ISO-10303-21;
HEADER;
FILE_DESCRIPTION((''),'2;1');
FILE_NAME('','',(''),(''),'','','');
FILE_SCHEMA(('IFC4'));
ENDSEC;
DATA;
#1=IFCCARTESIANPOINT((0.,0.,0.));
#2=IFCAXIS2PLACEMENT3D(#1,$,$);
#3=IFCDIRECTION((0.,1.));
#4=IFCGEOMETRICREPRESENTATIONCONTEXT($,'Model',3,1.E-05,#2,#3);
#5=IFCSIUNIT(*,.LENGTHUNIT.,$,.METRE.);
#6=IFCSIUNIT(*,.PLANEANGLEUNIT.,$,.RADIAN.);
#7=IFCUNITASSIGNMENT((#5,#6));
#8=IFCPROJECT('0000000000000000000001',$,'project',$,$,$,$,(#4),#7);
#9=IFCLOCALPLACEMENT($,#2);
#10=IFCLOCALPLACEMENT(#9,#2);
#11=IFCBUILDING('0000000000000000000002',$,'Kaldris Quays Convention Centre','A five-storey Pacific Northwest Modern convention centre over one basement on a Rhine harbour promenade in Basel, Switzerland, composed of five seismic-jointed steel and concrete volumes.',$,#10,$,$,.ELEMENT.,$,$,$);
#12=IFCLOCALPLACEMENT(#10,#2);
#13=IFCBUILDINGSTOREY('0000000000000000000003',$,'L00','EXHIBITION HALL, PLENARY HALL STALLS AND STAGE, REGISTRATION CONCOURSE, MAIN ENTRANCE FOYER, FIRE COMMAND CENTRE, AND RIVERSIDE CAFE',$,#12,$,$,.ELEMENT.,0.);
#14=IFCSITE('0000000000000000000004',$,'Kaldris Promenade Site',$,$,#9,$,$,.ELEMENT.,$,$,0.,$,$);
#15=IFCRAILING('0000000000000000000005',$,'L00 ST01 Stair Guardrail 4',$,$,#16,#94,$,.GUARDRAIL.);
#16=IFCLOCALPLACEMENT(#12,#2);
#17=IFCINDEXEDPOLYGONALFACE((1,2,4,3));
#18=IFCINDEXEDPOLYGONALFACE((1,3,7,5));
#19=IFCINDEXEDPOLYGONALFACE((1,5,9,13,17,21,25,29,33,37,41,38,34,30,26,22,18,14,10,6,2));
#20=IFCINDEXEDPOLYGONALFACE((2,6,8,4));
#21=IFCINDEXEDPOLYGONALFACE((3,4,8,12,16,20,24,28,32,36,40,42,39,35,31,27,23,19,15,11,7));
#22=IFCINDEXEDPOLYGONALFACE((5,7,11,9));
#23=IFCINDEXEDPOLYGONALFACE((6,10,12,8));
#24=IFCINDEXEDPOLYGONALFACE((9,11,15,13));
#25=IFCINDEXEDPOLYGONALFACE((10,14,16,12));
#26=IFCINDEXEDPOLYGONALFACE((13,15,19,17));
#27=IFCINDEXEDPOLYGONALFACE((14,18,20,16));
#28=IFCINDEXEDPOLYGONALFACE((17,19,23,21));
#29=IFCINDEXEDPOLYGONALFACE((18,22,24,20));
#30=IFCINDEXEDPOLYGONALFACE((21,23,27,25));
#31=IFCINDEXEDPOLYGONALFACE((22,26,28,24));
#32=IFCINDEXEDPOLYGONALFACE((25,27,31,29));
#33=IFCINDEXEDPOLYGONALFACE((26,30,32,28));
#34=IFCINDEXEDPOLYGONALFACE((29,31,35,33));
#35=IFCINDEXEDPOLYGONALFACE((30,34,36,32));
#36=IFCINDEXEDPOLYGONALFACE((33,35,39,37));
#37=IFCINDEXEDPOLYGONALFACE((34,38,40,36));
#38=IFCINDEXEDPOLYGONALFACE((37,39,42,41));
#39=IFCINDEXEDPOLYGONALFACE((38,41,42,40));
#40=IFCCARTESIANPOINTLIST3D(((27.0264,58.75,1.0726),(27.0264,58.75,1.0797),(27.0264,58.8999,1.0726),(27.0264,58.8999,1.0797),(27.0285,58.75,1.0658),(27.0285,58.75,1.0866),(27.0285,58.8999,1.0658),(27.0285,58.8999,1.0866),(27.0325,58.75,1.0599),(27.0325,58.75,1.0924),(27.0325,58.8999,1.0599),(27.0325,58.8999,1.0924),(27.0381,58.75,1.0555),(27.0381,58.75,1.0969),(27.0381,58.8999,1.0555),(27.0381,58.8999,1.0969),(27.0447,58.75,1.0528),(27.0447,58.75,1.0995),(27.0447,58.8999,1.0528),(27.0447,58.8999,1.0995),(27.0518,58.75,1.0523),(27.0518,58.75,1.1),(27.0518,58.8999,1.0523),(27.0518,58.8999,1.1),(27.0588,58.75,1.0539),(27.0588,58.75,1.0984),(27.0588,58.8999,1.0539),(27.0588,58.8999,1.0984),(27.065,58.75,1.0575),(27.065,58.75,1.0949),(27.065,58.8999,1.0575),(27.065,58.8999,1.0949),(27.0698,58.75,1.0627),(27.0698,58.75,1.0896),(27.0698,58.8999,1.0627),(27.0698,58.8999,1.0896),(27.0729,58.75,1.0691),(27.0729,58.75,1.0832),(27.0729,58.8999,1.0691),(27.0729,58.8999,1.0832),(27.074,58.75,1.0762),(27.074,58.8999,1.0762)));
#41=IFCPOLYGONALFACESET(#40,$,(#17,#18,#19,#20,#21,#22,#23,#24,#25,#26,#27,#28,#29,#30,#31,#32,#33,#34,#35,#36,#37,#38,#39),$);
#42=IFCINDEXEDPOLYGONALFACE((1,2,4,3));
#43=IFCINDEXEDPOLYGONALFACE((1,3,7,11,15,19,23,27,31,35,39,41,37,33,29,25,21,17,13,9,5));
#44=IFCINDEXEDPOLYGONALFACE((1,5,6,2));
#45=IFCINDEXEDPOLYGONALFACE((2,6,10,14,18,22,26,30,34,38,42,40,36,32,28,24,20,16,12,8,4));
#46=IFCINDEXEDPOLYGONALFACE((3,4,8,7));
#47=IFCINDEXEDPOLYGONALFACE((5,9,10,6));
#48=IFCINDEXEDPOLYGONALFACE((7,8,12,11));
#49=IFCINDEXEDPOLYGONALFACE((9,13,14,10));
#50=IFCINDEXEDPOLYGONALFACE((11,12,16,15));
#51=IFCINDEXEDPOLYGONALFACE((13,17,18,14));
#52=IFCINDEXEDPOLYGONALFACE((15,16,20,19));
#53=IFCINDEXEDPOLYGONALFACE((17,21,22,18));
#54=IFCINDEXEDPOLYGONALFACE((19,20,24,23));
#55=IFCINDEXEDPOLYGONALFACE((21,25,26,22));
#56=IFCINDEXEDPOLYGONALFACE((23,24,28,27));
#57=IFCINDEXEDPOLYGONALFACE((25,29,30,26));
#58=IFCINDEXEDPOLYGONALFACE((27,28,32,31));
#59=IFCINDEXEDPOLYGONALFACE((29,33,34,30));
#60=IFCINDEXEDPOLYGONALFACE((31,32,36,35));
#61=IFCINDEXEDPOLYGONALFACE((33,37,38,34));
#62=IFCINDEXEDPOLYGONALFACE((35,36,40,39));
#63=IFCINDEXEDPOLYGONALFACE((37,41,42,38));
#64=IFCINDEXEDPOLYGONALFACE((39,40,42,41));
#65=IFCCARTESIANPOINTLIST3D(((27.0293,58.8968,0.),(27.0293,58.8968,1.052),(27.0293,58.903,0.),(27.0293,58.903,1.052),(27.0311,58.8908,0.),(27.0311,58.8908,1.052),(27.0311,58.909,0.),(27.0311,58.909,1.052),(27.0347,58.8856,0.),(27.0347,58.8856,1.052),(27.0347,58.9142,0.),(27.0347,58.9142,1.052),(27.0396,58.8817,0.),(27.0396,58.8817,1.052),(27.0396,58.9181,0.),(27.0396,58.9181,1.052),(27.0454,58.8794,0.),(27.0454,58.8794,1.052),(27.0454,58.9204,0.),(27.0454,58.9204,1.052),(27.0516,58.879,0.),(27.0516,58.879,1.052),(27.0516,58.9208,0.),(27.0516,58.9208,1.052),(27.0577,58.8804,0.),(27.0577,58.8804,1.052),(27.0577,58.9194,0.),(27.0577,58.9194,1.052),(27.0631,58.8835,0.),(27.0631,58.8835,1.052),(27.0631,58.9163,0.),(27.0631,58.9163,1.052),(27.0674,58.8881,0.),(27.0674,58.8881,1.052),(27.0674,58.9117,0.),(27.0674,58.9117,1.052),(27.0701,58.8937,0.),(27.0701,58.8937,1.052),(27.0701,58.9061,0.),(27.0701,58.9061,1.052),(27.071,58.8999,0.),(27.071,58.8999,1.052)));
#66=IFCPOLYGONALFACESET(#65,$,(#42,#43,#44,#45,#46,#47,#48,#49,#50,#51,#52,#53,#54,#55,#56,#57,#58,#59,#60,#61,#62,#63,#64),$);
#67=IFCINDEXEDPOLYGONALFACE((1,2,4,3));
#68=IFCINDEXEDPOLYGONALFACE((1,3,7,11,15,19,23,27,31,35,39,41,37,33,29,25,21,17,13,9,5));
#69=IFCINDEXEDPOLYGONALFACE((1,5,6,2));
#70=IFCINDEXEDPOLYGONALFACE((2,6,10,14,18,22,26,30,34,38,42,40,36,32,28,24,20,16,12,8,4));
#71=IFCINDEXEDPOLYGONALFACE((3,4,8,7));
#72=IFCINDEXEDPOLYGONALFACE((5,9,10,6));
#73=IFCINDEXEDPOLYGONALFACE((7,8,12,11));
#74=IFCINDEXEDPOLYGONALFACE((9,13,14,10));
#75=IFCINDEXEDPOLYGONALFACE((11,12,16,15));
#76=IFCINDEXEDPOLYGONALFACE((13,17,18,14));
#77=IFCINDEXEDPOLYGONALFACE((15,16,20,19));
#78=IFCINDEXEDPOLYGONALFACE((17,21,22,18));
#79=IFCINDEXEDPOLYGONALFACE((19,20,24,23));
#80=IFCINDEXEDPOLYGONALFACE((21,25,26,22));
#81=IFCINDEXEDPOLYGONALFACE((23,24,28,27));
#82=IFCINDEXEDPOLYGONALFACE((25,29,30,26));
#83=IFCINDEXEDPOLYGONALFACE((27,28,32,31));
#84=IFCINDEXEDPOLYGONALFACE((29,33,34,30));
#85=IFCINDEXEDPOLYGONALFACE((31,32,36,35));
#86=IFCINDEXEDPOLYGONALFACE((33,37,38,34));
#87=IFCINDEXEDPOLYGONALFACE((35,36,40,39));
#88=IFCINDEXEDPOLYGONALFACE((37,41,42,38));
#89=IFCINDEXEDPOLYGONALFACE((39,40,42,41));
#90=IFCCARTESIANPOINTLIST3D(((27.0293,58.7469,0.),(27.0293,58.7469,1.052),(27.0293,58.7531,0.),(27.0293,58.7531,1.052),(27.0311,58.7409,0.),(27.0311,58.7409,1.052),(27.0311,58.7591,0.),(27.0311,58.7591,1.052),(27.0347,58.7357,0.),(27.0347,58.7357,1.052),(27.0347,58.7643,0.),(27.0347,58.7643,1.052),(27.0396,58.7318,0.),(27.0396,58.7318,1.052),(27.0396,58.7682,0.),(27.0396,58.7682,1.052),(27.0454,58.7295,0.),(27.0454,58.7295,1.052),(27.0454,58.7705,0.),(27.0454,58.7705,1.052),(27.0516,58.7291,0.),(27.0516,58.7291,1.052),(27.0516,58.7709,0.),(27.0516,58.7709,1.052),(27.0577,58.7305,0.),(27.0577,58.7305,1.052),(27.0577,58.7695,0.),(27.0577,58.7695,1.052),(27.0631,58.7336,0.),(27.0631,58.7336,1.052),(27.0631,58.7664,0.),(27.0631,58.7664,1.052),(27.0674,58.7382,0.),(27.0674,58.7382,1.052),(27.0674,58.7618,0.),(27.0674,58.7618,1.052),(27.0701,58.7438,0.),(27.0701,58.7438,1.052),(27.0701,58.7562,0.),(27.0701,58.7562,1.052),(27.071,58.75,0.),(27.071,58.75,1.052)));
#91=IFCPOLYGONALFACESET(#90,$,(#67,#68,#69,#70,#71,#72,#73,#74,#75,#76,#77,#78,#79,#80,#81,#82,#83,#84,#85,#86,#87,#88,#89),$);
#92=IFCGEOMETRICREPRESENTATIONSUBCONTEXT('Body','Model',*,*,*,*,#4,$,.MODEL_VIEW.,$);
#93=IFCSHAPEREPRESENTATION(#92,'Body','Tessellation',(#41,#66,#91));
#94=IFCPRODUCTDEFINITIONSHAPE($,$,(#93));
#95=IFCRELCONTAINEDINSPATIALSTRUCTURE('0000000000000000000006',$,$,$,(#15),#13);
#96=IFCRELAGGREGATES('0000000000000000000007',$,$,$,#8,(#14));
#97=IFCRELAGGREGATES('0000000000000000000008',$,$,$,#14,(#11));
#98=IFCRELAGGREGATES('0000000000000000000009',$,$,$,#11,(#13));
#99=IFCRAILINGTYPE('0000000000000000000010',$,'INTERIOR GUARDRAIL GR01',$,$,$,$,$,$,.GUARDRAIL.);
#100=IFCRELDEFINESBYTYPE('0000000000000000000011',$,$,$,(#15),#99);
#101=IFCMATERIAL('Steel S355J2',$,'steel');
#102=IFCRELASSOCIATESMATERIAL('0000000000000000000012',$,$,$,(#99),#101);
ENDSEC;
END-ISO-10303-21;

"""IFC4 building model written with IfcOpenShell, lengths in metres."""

from ifc_helpers import new_model, si_unit, direction, frame, origin, origin_2d, place, context, subcontext, project, spatial, circle, extrude, material, type_object, element, save


model = new_model("IFC4")

# Units and contexts
model_context = context("Model", 3, precision=1e-05, world=origin(), true_north=direction((0.0, 1.0)))
body_context = subcontext(model_context, "Body", "Model", "MODEL_VIEW")
ifc_project = project(units=[si_unit("LENGTHUNIT", "METRE"), si_unit("PLANEANGLEUNIT", "RADIAN")], contexts=[model_context])

# Site, building, storey
site_placement = place(None, origin())
site = spatial("IfcSite", under=ifc_project, at=site_placement, Name="Kaldris Promenade Site", CompositionType="ELEMENT", RefElevation=0.0)
building_placement = place(site_placement, origin())
building = spatial("IfcBuilding", under=site, at=building_placement, Name="Kaldris Quays Convention Centre", Description="A five-storey Pacific Northwest Modern convention centre over one basement on a Rhine harbour promenade in Basel, Switzerland, composed of five seismic-jointed steel and concrete volumes.", CompositionType="ELEMENT")
storey_placement = place(building_placement, origin())
storey = spatial("IfcBuildingStorey", under=building, at=storey_placement, Name="L00", Description="EXHIBITION HALL, PLENARY HALL STALLS AND STAGE, REGISTRATION CONCOURSE, MAIN ENTRANCE FOYER, FIRE COMMAND CENTRE, AND RIVERSIDE CAFE", CompositionType="ELEMENT", Elevation=0.0)

# Shared definitions
ifc_material_1 = material(Name="Steel S355J2", Category="steel")

# Railing
railing_type_1 = type_object("IfcRailingType", Name="INTERIOR GUARDRAIL GR01", PredefinedType="GUARDRAIL", material=ifc_material_1)
railing_1_placement = place(storey_placement, frame((27.05, 58.8999, 0.0)))
element("IfcRailing", 1, at=railing_1_placement, inside=storey, type_object=railing_type_1, Name="L00 ST01 Stair Guardrail 4", PredefinedType="GUARDRAIL", context=body_context, shape_type="SweptSolid", body=[
    extrude(circle(Radius=0.0239, at=origin_2d()), frame((0.0, 0.0, 1.0762), z_axis=(0.0, -1.0, 0.0), x_axis=(1.0, 0.0, 0.0)), (0.0, 0.0, 1.0), 0.1499),
    extrude(circle(Radius=0.021, at=origin_2d()), origin(), (0.0, 0.0, 1.0), 1.052),
    extrude(circle(Radius=0.021, at=origin_2d()), frame((0.0, -0.1499, 0.0)), (0.0, 0.0, 1.0), 1.052),
])

save(model, "model.ifc")
